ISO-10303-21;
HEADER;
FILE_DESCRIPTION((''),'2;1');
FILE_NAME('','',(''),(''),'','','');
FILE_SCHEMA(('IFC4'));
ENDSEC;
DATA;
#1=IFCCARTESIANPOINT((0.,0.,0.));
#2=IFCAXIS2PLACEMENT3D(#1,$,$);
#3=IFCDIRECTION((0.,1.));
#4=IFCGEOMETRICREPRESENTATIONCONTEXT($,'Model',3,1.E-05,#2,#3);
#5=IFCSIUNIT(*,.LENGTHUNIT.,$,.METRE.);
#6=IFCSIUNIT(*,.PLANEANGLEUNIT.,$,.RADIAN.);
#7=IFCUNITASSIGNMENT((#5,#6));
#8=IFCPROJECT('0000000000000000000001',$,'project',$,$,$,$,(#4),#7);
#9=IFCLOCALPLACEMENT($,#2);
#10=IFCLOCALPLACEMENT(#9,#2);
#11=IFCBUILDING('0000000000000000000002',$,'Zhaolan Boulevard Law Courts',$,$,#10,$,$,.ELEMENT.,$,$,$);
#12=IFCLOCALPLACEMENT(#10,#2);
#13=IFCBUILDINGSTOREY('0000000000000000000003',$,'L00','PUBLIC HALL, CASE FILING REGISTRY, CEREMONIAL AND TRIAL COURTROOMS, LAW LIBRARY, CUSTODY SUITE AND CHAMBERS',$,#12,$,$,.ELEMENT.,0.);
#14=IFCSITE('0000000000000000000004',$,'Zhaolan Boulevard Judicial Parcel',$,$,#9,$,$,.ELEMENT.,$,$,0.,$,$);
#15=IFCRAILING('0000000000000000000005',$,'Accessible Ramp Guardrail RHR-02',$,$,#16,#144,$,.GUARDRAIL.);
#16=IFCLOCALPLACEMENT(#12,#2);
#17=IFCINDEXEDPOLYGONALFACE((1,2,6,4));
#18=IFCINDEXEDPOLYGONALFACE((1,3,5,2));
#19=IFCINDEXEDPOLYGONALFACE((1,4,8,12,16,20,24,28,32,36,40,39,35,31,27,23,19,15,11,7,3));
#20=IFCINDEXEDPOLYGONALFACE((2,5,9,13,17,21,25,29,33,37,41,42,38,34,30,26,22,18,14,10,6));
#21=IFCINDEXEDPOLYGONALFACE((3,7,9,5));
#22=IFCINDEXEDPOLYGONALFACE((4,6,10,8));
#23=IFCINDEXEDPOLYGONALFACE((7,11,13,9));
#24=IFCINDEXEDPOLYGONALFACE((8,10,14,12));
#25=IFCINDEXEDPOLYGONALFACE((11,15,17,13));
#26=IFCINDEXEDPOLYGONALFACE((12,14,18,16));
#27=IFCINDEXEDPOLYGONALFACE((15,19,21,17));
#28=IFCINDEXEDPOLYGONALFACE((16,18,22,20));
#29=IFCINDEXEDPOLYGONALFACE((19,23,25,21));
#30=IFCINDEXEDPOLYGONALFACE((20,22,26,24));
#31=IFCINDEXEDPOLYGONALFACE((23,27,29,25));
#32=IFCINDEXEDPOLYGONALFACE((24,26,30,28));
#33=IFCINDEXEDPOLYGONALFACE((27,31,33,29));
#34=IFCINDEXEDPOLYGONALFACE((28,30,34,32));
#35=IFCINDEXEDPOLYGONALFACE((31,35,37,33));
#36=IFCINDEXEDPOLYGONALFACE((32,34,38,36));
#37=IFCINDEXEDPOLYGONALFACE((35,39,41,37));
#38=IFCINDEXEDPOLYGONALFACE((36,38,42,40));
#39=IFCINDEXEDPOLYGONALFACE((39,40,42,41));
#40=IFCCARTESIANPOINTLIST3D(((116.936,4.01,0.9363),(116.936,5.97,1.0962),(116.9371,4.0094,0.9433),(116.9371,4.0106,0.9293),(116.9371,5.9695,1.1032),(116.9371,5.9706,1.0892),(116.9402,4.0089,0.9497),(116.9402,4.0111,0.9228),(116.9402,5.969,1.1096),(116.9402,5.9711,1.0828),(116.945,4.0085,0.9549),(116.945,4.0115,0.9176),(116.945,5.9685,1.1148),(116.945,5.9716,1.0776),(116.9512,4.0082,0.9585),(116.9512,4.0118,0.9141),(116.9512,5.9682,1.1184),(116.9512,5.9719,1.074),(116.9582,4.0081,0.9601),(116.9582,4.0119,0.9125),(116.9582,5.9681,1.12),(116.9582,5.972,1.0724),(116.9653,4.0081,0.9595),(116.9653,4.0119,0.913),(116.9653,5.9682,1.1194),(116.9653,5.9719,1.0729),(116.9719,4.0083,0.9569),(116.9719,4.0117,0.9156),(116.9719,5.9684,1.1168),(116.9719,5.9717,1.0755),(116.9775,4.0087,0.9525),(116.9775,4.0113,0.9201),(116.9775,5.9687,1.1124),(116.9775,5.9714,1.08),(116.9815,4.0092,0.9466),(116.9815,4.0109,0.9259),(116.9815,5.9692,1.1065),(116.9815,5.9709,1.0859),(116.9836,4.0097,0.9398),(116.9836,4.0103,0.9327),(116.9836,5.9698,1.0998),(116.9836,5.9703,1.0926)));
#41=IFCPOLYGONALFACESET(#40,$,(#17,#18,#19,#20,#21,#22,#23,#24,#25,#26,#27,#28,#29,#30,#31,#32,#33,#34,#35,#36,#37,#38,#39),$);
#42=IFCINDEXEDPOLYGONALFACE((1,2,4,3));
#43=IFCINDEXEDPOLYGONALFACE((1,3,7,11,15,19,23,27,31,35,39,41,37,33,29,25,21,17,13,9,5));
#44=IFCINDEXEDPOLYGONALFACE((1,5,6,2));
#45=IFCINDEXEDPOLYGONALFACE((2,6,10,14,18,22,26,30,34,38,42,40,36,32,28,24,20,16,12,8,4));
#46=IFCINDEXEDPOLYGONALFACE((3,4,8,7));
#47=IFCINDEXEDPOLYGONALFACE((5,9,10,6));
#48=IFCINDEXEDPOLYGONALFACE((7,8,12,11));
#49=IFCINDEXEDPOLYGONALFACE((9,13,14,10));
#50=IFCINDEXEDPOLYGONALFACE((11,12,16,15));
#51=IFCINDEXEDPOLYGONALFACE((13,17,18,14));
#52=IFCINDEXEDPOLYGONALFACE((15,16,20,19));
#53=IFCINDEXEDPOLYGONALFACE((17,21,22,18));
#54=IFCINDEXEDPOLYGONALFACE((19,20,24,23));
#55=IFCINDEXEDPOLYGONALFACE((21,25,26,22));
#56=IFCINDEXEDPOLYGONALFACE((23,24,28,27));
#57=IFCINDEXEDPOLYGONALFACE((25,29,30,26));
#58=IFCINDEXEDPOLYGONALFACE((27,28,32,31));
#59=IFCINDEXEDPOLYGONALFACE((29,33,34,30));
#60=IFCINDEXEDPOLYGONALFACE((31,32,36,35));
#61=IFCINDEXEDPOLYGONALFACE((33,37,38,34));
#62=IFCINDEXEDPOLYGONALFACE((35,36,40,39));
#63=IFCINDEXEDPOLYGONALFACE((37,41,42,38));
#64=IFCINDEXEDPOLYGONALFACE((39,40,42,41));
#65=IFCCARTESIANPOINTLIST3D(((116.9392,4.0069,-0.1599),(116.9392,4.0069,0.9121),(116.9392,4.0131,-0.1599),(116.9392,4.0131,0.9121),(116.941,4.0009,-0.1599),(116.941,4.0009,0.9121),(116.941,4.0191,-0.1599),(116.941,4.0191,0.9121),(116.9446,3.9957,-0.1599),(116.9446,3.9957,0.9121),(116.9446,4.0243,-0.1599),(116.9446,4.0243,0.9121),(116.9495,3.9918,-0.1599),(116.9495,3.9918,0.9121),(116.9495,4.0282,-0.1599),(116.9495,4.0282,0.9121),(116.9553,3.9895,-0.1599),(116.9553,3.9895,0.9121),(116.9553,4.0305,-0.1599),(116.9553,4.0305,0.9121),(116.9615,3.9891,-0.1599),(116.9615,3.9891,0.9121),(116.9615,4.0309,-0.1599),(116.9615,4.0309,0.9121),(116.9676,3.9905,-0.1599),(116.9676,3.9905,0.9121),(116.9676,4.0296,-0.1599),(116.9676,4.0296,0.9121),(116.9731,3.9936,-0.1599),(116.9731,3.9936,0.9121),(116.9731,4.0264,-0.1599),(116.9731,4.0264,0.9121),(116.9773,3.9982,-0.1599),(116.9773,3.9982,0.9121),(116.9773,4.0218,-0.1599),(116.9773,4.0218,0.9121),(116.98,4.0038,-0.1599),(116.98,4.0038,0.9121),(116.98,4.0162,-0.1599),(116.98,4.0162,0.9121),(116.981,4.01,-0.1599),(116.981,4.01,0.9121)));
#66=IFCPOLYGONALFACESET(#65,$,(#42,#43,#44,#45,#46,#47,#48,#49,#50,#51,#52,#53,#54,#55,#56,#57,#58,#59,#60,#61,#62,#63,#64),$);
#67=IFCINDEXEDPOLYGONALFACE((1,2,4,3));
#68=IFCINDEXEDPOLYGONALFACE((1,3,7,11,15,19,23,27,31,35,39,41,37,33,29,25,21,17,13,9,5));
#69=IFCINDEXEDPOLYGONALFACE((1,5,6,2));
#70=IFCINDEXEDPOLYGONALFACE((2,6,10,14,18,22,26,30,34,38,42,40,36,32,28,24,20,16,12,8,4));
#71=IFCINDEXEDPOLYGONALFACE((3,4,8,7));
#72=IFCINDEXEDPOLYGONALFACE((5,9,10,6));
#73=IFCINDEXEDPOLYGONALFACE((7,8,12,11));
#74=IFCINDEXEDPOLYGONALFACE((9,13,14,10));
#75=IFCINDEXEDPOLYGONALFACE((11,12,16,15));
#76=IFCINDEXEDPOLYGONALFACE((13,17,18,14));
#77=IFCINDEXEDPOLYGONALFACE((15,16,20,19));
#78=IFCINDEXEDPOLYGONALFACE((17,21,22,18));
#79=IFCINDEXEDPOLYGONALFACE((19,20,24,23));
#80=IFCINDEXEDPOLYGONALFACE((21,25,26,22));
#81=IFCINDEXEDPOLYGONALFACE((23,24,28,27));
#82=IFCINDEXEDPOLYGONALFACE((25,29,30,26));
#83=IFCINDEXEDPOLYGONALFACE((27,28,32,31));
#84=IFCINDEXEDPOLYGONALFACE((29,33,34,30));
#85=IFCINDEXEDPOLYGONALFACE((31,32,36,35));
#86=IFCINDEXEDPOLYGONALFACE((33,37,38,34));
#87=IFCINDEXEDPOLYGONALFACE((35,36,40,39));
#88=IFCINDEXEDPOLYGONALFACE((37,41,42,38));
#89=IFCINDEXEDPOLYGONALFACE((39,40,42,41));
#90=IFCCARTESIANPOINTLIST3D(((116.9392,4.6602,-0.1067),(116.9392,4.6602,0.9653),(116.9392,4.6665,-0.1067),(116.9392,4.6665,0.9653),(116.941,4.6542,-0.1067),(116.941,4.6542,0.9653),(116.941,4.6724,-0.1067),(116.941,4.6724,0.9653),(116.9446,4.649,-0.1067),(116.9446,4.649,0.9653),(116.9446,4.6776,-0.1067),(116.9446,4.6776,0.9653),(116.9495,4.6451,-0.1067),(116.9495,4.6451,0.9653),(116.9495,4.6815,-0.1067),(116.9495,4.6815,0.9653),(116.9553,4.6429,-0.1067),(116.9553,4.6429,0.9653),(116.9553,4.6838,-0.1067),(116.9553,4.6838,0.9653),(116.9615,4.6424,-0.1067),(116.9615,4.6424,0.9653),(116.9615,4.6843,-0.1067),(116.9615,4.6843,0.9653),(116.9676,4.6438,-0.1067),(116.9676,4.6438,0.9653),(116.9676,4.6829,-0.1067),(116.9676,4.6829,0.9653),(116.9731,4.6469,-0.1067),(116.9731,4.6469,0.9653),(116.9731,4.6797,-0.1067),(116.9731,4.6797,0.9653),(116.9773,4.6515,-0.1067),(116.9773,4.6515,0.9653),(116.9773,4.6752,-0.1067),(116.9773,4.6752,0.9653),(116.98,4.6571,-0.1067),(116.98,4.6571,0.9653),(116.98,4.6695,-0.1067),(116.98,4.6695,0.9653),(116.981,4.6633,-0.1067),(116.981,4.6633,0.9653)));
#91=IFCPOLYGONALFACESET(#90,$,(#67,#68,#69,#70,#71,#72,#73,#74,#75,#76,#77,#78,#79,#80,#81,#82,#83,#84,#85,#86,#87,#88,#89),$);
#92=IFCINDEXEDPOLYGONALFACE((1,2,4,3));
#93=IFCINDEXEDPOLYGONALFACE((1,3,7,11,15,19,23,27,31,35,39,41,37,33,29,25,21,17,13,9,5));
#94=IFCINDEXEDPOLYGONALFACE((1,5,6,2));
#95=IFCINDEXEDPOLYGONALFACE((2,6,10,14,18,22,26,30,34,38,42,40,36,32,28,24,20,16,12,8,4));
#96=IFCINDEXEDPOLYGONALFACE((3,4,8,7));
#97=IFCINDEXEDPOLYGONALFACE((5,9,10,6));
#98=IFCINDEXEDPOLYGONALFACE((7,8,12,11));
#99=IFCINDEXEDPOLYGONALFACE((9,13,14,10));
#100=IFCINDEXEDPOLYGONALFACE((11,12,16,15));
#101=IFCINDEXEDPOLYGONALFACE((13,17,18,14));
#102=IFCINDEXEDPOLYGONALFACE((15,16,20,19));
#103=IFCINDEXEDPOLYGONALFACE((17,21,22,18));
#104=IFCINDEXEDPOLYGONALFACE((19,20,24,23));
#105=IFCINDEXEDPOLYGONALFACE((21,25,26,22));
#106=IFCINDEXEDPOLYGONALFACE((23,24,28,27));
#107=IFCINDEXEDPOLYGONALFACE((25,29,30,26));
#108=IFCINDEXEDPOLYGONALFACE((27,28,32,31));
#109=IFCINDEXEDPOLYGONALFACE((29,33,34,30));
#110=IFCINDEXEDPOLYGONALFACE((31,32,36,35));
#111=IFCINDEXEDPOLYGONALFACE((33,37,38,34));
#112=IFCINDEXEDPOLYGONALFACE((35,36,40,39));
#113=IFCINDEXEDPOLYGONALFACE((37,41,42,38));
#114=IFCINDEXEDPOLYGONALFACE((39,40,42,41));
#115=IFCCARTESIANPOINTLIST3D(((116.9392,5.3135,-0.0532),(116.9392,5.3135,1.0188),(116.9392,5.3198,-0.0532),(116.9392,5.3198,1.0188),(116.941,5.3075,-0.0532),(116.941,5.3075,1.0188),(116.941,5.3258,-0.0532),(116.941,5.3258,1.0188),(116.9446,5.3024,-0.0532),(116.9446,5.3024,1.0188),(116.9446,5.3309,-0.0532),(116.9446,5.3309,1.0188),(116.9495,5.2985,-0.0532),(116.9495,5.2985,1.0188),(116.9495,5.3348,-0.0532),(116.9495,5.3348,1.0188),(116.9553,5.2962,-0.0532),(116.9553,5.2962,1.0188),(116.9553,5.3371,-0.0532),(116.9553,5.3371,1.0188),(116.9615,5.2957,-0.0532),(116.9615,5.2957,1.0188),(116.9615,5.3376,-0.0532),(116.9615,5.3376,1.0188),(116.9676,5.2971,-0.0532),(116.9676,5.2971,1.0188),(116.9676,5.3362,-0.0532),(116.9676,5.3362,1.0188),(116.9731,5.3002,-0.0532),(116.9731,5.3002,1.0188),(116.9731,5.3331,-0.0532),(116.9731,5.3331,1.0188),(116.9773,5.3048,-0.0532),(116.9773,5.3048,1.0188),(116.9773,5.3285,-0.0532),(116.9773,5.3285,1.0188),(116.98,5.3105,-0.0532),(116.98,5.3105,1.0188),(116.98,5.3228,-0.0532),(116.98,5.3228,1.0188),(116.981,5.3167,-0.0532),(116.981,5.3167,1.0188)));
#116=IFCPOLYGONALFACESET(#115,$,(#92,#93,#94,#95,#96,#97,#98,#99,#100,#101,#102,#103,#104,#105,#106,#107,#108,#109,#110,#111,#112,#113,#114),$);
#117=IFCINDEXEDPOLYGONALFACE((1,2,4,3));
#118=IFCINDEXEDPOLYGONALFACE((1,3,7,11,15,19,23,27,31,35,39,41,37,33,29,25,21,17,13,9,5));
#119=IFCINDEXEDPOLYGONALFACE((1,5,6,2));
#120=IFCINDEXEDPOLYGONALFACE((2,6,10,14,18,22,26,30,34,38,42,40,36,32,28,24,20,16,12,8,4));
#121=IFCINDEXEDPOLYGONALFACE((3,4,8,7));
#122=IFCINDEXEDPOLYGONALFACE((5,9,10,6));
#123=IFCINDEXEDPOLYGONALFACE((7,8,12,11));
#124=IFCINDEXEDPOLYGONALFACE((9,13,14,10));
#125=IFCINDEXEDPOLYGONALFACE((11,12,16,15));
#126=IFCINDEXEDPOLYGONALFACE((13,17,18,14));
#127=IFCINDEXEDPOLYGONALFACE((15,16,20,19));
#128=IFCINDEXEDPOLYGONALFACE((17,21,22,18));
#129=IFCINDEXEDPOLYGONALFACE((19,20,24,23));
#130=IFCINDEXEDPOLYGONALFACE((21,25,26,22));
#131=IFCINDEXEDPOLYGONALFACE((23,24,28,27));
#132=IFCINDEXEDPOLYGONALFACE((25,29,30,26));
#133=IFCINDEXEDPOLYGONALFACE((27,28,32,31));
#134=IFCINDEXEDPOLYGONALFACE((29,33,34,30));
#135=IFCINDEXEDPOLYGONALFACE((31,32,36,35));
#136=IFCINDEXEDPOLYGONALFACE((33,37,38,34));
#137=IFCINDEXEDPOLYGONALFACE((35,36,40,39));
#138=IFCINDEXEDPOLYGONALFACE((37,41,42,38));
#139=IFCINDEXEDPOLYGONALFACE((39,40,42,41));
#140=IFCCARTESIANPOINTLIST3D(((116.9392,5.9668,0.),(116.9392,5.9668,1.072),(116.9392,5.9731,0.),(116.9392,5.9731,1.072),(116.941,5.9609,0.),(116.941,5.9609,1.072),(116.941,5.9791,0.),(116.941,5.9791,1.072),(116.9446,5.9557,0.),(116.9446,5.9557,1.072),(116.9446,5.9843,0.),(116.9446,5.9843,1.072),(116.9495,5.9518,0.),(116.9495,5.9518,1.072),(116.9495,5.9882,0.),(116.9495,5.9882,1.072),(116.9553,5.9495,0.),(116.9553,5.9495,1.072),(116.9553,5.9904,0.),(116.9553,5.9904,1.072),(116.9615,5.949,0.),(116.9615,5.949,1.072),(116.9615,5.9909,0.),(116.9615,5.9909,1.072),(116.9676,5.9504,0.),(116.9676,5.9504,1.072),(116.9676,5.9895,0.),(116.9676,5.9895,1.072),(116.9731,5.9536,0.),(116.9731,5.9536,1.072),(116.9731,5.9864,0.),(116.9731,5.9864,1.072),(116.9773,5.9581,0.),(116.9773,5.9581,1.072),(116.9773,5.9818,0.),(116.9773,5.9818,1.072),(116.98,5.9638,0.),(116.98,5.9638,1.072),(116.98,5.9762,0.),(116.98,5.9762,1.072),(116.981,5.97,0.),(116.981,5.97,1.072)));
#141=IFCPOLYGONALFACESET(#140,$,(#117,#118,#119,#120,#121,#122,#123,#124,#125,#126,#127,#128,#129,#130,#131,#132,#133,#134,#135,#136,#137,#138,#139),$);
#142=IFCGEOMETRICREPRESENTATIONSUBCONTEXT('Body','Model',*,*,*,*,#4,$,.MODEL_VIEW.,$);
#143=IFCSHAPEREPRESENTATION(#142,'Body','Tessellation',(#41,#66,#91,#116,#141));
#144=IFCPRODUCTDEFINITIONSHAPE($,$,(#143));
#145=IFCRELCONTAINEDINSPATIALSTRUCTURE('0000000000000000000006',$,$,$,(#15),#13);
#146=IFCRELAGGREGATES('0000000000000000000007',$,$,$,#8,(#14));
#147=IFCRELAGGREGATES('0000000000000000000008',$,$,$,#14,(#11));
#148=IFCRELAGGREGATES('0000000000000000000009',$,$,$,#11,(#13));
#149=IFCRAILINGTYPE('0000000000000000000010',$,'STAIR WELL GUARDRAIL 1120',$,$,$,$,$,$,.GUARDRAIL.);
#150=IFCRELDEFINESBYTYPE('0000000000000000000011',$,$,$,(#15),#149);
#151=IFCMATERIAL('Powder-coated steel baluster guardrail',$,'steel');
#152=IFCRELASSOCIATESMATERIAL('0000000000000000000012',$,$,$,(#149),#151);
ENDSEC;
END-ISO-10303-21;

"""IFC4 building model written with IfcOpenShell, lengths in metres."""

from ifc_helpers import new_model, si_unit, direction, frame, origin, origin_2d, place, context, subcontext, project, spatial, circle, extrude, material, type_object, element, save


model = new_model("IFC4")

# Units and contexts
model_context = context("Model", 3, precision=1e-05, world=origin(), true_north=direction((0.0, 1.0)))
body_context = subcontext(model_context, "Body", "Model", "MODEL_VIEW")
ifc_project = project(units=[si_unit("LENGTHUNIT", "METRE"), si_unit("PLANEANGLEUNIT", "RADIAN")], contexts=[model_context])

# Site, building, storey
site_placement = place(None, origin())
site = spatial("IfcSite", under=ifc_project, at=site_placement, Name="Zhaolan Boulevard Judicial Parcel", CompositionType="ELEMENT", RefElevation=0.0)
building_placement = place(site_placement, origin())
building = spatial("IfcBuilding", under=site, at=building_placement, Name="Zhaolan Boulevard Law Courts", CompositionType="ELEMENT")
storey_placement = place(building_placement, origin())
storey = spatial("IfcBuildingStorey", under=building, at=storey_placement, Name="L00", Description="PUBLIC HALL, CASE FILING REGISTRY, CEREMONIAL AND TRIAL COURTROOMS, LAW LIBRARY, CUSTODY SUITE AND CHAMBERS", CompositionType="ELEMENT", Elevation=0.0)

# Railing
ifc_material_1 = material(Name="Powder-coated steel baluster guardrail", Category="steel")
railing_type_1 = type_object("IfcRailingType", Name="STAIR WELL GUARDRAIL 1120", PredefinedType="GUARDRAIL", material=ifc_material_1)
for number, where, name in (
    (1, (116.96, 4.01, -0.1599), "Accessible Ramp Guardrail RHR-02"),
):
    element("IfcRailing", number, at=place(storey_placement, frame(where)), inside=storey, type_object=railing_type_1, Name=name, PredefinedType="GUARDRAIL", context=body_context, shape_type="SweptSolid", body=[
        extrude(circle(Radius=0.0239, at=origin_2d()), frame((0.0, 0.0, 1.0962), z_axis=(0.0, 0.996688, 0.081319), x_axis=(-1.0, 0.0, 0.0)), (0.0, 0.0, 1.0), 1.9666),
        extrude(circle(Radius=0.021, at=origin_2d()), origin(), (0.0, 0.0, 1.0), 1.072),
        extrude(circle(Radius=0.021, at=origin_2d()), frame((0.0, 0.6533, 0.0532)), (0.0, 0.0, 1.0), 1.072),
        extrude(circle(Radius=0.021, at=origin_2d()), frame((0.0, 1.3066, 0.1067)), (0.0, 0.0, 1.0), 1.072),
        extrude(circle(Radius=0.021, at=origin_2d()), frame((0.0, 1.96, 0.1599)), (0.0, 0.0, 1.0), 1.072),
    ])

save(model, "model.ifc")
